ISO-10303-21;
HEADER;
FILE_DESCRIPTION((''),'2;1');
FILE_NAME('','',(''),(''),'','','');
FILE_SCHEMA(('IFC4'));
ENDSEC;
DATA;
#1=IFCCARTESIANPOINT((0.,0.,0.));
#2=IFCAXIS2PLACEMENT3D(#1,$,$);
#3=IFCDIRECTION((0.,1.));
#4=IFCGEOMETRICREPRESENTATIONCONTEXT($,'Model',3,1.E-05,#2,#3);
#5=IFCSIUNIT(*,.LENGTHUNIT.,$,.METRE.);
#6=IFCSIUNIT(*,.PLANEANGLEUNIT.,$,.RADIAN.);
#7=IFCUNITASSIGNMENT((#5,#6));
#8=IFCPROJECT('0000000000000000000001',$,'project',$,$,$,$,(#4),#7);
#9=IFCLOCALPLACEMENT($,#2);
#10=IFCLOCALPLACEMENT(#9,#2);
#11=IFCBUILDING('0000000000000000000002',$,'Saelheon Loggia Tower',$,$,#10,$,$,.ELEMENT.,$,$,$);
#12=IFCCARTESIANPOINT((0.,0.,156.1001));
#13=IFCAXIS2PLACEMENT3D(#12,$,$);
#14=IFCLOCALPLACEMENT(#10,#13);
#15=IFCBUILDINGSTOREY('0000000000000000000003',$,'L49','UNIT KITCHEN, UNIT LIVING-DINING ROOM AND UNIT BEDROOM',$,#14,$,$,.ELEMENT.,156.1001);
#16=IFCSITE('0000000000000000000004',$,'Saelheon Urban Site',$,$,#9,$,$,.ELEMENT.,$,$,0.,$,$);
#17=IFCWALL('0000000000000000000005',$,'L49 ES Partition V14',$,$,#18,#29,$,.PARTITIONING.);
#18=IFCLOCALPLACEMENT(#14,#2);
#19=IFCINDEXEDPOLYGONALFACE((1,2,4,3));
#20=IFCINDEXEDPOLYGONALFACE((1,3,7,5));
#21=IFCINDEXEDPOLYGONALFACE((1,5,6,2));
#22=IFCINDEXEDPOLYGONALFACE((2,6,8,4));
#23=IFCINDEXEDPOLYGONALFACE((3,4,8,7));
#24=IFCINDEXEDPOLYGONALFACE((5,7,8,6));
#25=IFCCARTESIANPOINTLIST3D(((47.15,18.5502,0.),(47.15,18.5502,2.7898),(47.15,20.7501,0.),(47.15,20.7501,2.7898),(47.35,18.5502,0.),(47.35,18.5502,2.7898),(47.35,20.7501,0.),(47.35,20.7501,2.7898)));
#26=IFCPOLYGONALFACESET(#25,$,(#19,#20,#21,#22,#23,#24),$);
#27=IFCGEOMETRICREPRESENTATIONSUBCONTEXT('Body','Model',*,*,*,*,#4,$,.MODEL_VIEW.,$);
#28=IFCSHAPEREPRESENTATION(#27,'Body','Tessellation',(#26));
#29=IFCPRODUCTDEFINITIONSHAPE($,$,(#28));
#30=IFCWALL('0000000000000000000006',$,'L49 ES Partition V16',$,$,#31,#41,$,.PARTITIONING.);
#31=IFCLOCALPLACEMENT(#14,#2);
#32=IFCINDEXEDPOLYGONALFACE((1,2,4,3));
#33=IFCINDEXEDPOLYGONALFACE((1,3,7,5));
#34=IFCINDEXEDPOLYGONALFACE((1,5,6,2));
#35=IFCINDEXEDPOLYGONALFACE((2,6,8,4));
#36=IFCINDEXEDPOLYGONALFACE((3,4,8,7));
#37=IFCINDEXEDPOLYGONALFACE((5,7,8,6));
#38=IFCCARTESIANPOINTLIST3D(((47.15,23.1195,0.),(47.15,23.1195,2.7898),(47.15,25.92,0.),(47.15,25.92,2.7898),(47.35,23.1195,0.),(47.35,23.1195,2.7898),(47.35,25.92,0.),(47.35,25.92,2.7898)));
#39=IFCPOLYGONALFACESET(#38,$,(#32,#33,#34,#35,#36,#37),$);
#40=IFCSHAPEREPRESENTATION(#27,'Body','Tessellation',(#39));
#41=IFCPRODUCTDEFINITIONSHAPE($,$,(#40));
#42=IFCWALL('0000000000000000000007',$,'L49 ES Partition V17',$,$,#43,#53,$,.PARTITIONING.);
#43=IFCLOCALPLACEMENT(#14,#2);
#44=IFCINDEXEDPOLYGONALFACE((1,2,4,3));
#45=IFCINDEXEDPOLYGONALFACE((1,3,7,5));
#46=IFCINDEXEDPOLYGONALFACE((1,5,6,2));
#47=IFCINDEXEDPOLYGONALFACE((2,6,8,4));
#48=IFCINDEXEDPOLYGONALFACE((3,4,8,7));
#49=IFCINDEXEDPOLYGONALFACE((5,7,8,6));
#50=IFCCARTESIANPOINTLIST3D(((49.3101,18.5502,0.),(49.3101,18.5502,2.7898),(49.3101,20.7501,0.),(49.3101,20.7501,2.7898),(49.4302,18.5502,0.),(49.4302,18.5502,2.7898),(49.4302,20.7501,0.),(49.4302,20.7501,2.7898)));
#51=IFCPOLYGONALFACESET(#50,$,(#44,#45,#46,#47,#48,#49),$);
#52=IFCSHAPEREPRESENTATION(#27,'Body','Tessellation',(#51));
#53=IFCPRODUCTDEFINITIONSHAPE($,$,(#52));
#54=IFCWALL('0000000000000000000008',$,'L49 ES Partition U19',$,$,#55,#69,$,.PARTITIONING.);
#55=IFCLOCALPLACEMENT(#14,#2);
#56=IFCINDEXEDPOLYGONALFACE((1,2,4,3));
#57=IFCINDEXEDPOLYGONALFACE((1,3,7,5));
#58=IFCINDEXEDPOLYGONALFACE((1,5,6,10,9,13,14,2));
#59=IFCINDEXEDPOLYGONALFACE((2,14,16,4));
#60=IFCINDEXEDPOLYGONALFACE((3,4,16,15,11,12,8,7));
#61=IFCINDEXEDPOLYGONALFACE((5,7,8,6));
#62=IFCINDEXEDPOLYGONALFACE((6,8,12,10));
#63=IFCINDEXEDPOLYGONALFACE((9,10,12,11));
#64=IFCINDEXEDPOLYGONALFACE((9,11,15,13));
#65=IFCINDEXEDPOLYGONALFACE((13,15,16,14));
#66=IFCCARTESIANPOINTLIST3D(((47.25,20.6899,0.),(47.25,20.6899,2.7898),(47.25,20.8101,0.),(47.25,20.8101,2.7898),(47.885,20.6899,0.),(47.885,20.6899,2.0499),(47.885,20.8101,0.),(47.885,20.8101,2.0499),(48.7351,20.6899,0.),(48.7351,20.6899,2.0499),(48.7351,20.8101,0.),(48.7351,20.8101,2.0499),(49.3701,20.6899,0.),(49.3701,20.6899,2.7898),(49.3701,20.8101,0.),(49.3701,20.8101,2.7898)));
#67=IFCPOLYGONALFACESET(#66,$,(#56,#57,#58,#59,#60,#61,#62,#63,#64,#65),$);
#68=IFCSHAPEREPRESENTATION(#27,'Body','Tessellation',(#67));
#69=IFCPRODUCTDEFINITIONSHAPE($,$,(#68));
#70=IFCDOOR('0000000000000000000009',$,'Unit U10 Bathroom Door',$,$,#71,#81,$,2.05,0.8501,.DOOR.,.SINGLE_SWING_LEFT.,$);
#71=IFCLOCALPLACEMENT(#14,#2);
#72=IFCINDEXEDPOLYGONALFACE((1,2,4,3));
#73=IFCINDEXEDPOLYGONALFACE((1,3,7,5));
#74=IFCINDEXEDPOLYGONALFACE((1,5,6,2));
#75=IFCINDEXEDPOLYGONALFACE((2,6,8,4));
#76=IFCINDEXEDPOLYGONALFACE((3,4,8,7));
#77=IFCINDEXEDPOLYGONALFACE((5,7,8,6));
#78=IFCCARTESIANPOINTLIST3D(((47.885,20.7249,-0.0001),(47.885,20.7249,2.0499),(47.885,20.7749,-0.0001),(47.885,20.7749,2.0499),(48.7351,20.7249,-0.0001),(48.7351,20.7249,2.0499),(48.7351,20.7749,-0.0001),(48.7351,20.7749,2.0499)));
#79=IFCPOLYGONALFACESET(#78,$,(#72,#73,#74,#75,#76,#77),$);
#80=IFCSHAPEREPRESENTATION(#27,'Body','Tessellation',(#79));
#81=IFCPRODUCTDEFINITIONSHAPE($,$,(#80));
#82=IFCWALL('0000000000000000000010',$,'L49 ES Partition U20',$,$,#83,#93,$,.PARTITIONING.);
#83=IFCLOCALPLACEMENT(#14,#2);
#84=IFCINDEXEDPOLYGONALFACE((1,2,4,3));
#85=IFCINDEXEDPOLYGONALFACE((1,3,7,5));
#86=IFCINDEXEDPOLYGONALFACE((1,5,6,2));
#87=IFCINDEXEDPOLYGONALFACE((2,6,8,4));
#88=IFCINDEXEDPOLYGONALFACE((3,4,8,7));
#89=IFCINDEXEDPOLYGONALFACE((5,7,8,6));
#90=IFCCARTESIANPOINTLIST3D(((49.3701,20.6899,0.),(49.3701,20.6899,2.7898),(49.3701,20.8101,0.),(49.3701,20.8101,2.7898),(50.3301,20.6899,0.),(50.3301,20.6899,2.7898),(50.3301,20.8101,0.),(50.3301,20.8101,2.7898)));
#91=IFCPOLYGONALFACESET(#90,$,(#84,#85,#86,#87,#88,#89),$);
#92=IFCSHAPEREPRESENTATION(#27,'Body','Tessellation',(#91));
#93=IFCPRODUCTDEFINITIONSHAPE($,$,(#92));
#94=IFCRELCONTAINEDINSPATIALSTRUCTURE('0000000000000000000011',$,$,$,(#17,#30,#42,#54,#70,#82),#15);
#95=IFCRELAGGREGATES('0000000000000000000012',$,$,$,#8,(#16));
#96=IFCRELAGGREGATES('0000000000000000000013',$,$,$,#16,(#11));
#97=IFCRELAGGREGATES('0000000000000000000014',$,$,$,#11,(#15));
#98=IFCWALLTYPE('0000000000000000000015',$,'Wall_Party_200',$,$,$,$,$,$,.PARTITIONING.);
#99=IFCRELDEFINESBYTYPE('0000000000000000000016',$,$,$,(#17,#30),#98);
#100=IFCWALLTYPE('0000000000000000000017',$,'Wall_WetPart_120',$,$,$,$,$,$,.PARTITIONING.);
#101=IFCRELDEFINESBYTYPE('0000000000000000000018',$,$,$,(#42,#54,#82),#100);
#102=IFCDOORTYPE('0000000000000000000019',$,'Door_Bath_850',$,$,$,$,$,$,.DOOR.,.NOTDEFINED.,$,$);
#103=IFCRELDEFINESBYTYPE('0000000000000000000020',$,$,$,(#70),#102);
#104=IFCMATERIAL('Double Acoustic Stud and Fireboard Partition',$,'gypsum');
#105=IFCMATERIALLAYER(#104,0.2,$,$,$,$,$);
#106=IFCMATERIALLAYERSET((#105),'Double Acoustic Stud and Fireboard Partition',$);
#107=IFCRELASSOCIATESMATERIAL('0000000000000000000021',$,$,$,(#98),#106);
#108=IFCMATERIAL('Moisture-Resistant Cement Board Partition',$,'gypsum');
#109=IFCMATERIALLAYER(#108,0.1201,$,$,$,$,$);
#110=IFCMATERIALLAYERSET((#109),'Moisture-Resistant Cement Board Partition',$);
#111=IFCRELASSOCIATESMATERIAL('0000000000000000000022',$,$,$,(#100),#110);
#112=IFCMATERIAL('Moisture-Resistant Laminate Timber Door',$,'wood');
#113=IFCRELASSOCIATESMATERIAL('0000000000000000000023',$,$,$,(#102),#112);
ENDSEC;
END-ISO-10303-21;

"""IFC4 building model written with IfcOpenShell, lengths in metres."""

from ifc_helpers import new_model, si_unit, direction, frame, frame_2d, origin, place, context, subcontext, project, spatial, rectangle, extrude, source, transform, mapped, material, layer, layer_set, type_object, element, fill, save


model = new_model("IFC4")

# Units and contexts
model_context = context("Model", 3, precision=1e-05, world=origin(), true_north=direction((0.0, 1.0)))
body_context = subcontext(model_context, "Body", "Model", "MODEL_VIEW")
ifc_project = project(units=[si_unit("LENGTHUNIT", "METRE"), si_unit("PLANEANGLEUNIT", "RADIAN")], contexts=[model_context])

# Site, building, storey
site_placement = place(None, origin())
site = spatial("IfcSite", under=ifc_project, at=site_placement, Name="Saelheon Urban Site", CompositionType="ELEMENT", RefElevation=0.0)
building_placement = place(site_placement, origin())
building = spatial("IfcBuilding", under=site, at=building_placement, Name="Saelheon Loggia Tower", CompositionType="ELEMENT")
storey_placement = place(building_placement, frame((0.0, 0.0, 156.1001)))
storey = spatial("IfcBuildingStorey", under=building, at=storey_placement, Name="L49", Description="UNIT KITCHEN, UNIT LIVING-DINING ROOM AND UNIT BEDROOM", CompositionType="ELEMENT", Elevation=156.1001)

# Wall
ifc_material_1 = material(Name="Double Acoustic Stud and Fireboard Partition", Category="gypsum")
ifc_layer_1 = layer(ifc_material_1, 0.2)
ifc_layer_set_1 = layer_set([ifc_layer_1], Name="Double Acoustic Stud and Fireboard Partition")
wall_type_1 = type_object("IfcWallType", Name="Wall_Party_200", PredefinedType="PARTITIONING", material=ifc_layer_set_1)
wall_1_placement = place(storey_placement, frame((47.25, 18.55, 0.0), z_axis=(0.0, 0.0, 1.0), x_axis=(0.0, 1.0, 0.0)))
element("IfcWall", 1, at=wall_1_placement, inside=storey, type_object=wall_type_1, Name="L49 ES Partition V14", PredefinedType="PARTITIONING", context=body_context, shape_type="SweptSolid", body=[
    extrude(rectangle(XDim=2.2, YDim=0.2, at=frame_2d((1.1001, 0.0))), origin(), (0.0, 0.0, 1.0), 2.7898),
])

# Walls
wall_2_placement = place(storey_placement, frame((47.25, 23.1194, 0.0), z_axis=(0.0, 0.0, 1.0), x_axis=(0.0, 1.0, 0.0)))
element("IfcWall", 2, at=wall_2_placement, inside=storey, type_object=wall_type_1, Name="L49 ES Partition V16", PredefinedType="PARTITIONING", context=body_context, shape_type="SweptSolid", body=[
    extrude(rectangle(XDim=2.8005, YDim=0.2, at=frame_2d((1.4004, 0.0))), origin(), (0.0, 0.0, 1.0), 2.7898),
])
ifc_material_2 = material(Name="Moisture-Resistant Cement Board Partition", Category="gypsum")
ifc_layer_2 = layer(ifc_material_2, 0.1201)
ifc_layer_set_2 = layer_set([ifc_layer_2], Name="Moisture-Resistant Cement Board Partition")
wall_type_2 = type_object("IfcWallType", Name="Wall_WetPart_120", PredefinedType="PARTITIONING", material=ifc_layer_set_2)
wall_3_placement = place(storey_placement, frame((49.3701, 18.55, 0.0), z_axis=(0.0, 0.0, 1.0), x_axis=(0.0, 1.0, 0.0)))
element("IfcWall", 3, at=wall_3_placement, inside=storey, type_object=wall_type_2, Name="L49 ES Partition V17", PredefinedType="PARTITIONING", context=body_context, shape_type="SweptSolid", body=[
    extrude(rectangle(XDim=2.2, YDim=0.1201, at=frame_2d((1.1001, 0.0))), origin(), (0.0, 0.0, 1.0), 2.7898),
])

# Wall, opening, door
wall_4_placement = place(storey_placement, frame((47.25, 20.75, 0.0), z_axis=(0.0, 0.0, 1.0), x_axis=(1.0, 0.0, 0.0)))
wall_4 = element("IfcWall", 4, at=wall_4_placement, inside=storey, type_object=wall_type_2, Name="L49 ES Partition U19", PredefinedType="PARTITIONING", context=body_context, shape_type="SweptSolid", body=[
    extrude(rectangle(XDim=2.1201, YDim=0.1201, at=frame_2d((1.0601, 0.0))), origin(), (0.0, 0.0, 1.0), 2.7898),
])
opening_1_placement = place(wall_4_placement, frame((0.635, 0.0, 0.0)))
opening_1 = element("IfcOpeningElement", 5, at=opening_1_placement, cuts=wall_4, PredefinedType="OPENING", context=body_context, shape_type="SweptSolid", body=[
    extrude(rectangle(XDim=0.8501, YDim=2.05, at=frame_2d((0.425, 1.0249))), frame((0.0, 0.072, 0.0), z_axis=(0.0, -1.0, 0.0), x_axis=(1.0, 0.0, 0.0)), (0.0, 0.0, 1.0), 0.144),
])
ifc_material_3 = material(Name="Moisture-Resistant Laminate Timber Door", Category="wood")
door_type_1 = type_object("IfcDoorType", Name="Door_Bath_850", OperationType="NOTDEFINED", PredefinedType="DOOR", material=ifc_material_3)
shared_shape_1 = source(origin(), body_context, "Body", "SweptSolid", [
    extrude(rectangle(XDim=0.8501, YDim=2.05, at=frame_2d((0.425, 1.0249))), frame((0.0, 0.0249, 0.0), z_axis=(0.0, -1.0, 0.0), x_axis=(1.0, 0.0, 0.0)), (0.0, 0.0, 1.0), 0.05),
])
door_1_placement = place(opening_1_placement, origin())
door_1 = element("IfcDoor", 6, at=door_1_placement, inside=storey, type_object=door_type_1, Name="Unit U10 Bathroom Door", OperationType="SINGLE_SWING_LEFT", OverallHeight=2.05, OverallWidth=0.8501, PredefinedType="DOOR", context=body_context, shape_type="MappedRepresentation", body=[
    mapped(shared_shape_1, transform((0.0, 0.0, 0.0), scale=1.0)),
])
fill(opening_1, door_1)

# Wall
wall_5_placement = place(storey_placement, frame((49.3701, 20.75, 0.0), z_axis=(0.0, 0.0, 1.0), x_axis=(1.0, 0.0, 0.0)))
element("IfcWall", 7, at=wall_5_placement, inside=storey, type_object=wall_type_2, Name="L49 ES Partition U20", PredefinedType="PARTITIONING", context=body_context, shape_type="SweptSolid", body=[
    extrude(rectangle(XDim=0.96, YDim=0.1201, at=frame_2d((0.48, 0.0))), origin(), (0.0, 0.0, 1.0), 2.7898),
])

save(model, "model.ifc")
